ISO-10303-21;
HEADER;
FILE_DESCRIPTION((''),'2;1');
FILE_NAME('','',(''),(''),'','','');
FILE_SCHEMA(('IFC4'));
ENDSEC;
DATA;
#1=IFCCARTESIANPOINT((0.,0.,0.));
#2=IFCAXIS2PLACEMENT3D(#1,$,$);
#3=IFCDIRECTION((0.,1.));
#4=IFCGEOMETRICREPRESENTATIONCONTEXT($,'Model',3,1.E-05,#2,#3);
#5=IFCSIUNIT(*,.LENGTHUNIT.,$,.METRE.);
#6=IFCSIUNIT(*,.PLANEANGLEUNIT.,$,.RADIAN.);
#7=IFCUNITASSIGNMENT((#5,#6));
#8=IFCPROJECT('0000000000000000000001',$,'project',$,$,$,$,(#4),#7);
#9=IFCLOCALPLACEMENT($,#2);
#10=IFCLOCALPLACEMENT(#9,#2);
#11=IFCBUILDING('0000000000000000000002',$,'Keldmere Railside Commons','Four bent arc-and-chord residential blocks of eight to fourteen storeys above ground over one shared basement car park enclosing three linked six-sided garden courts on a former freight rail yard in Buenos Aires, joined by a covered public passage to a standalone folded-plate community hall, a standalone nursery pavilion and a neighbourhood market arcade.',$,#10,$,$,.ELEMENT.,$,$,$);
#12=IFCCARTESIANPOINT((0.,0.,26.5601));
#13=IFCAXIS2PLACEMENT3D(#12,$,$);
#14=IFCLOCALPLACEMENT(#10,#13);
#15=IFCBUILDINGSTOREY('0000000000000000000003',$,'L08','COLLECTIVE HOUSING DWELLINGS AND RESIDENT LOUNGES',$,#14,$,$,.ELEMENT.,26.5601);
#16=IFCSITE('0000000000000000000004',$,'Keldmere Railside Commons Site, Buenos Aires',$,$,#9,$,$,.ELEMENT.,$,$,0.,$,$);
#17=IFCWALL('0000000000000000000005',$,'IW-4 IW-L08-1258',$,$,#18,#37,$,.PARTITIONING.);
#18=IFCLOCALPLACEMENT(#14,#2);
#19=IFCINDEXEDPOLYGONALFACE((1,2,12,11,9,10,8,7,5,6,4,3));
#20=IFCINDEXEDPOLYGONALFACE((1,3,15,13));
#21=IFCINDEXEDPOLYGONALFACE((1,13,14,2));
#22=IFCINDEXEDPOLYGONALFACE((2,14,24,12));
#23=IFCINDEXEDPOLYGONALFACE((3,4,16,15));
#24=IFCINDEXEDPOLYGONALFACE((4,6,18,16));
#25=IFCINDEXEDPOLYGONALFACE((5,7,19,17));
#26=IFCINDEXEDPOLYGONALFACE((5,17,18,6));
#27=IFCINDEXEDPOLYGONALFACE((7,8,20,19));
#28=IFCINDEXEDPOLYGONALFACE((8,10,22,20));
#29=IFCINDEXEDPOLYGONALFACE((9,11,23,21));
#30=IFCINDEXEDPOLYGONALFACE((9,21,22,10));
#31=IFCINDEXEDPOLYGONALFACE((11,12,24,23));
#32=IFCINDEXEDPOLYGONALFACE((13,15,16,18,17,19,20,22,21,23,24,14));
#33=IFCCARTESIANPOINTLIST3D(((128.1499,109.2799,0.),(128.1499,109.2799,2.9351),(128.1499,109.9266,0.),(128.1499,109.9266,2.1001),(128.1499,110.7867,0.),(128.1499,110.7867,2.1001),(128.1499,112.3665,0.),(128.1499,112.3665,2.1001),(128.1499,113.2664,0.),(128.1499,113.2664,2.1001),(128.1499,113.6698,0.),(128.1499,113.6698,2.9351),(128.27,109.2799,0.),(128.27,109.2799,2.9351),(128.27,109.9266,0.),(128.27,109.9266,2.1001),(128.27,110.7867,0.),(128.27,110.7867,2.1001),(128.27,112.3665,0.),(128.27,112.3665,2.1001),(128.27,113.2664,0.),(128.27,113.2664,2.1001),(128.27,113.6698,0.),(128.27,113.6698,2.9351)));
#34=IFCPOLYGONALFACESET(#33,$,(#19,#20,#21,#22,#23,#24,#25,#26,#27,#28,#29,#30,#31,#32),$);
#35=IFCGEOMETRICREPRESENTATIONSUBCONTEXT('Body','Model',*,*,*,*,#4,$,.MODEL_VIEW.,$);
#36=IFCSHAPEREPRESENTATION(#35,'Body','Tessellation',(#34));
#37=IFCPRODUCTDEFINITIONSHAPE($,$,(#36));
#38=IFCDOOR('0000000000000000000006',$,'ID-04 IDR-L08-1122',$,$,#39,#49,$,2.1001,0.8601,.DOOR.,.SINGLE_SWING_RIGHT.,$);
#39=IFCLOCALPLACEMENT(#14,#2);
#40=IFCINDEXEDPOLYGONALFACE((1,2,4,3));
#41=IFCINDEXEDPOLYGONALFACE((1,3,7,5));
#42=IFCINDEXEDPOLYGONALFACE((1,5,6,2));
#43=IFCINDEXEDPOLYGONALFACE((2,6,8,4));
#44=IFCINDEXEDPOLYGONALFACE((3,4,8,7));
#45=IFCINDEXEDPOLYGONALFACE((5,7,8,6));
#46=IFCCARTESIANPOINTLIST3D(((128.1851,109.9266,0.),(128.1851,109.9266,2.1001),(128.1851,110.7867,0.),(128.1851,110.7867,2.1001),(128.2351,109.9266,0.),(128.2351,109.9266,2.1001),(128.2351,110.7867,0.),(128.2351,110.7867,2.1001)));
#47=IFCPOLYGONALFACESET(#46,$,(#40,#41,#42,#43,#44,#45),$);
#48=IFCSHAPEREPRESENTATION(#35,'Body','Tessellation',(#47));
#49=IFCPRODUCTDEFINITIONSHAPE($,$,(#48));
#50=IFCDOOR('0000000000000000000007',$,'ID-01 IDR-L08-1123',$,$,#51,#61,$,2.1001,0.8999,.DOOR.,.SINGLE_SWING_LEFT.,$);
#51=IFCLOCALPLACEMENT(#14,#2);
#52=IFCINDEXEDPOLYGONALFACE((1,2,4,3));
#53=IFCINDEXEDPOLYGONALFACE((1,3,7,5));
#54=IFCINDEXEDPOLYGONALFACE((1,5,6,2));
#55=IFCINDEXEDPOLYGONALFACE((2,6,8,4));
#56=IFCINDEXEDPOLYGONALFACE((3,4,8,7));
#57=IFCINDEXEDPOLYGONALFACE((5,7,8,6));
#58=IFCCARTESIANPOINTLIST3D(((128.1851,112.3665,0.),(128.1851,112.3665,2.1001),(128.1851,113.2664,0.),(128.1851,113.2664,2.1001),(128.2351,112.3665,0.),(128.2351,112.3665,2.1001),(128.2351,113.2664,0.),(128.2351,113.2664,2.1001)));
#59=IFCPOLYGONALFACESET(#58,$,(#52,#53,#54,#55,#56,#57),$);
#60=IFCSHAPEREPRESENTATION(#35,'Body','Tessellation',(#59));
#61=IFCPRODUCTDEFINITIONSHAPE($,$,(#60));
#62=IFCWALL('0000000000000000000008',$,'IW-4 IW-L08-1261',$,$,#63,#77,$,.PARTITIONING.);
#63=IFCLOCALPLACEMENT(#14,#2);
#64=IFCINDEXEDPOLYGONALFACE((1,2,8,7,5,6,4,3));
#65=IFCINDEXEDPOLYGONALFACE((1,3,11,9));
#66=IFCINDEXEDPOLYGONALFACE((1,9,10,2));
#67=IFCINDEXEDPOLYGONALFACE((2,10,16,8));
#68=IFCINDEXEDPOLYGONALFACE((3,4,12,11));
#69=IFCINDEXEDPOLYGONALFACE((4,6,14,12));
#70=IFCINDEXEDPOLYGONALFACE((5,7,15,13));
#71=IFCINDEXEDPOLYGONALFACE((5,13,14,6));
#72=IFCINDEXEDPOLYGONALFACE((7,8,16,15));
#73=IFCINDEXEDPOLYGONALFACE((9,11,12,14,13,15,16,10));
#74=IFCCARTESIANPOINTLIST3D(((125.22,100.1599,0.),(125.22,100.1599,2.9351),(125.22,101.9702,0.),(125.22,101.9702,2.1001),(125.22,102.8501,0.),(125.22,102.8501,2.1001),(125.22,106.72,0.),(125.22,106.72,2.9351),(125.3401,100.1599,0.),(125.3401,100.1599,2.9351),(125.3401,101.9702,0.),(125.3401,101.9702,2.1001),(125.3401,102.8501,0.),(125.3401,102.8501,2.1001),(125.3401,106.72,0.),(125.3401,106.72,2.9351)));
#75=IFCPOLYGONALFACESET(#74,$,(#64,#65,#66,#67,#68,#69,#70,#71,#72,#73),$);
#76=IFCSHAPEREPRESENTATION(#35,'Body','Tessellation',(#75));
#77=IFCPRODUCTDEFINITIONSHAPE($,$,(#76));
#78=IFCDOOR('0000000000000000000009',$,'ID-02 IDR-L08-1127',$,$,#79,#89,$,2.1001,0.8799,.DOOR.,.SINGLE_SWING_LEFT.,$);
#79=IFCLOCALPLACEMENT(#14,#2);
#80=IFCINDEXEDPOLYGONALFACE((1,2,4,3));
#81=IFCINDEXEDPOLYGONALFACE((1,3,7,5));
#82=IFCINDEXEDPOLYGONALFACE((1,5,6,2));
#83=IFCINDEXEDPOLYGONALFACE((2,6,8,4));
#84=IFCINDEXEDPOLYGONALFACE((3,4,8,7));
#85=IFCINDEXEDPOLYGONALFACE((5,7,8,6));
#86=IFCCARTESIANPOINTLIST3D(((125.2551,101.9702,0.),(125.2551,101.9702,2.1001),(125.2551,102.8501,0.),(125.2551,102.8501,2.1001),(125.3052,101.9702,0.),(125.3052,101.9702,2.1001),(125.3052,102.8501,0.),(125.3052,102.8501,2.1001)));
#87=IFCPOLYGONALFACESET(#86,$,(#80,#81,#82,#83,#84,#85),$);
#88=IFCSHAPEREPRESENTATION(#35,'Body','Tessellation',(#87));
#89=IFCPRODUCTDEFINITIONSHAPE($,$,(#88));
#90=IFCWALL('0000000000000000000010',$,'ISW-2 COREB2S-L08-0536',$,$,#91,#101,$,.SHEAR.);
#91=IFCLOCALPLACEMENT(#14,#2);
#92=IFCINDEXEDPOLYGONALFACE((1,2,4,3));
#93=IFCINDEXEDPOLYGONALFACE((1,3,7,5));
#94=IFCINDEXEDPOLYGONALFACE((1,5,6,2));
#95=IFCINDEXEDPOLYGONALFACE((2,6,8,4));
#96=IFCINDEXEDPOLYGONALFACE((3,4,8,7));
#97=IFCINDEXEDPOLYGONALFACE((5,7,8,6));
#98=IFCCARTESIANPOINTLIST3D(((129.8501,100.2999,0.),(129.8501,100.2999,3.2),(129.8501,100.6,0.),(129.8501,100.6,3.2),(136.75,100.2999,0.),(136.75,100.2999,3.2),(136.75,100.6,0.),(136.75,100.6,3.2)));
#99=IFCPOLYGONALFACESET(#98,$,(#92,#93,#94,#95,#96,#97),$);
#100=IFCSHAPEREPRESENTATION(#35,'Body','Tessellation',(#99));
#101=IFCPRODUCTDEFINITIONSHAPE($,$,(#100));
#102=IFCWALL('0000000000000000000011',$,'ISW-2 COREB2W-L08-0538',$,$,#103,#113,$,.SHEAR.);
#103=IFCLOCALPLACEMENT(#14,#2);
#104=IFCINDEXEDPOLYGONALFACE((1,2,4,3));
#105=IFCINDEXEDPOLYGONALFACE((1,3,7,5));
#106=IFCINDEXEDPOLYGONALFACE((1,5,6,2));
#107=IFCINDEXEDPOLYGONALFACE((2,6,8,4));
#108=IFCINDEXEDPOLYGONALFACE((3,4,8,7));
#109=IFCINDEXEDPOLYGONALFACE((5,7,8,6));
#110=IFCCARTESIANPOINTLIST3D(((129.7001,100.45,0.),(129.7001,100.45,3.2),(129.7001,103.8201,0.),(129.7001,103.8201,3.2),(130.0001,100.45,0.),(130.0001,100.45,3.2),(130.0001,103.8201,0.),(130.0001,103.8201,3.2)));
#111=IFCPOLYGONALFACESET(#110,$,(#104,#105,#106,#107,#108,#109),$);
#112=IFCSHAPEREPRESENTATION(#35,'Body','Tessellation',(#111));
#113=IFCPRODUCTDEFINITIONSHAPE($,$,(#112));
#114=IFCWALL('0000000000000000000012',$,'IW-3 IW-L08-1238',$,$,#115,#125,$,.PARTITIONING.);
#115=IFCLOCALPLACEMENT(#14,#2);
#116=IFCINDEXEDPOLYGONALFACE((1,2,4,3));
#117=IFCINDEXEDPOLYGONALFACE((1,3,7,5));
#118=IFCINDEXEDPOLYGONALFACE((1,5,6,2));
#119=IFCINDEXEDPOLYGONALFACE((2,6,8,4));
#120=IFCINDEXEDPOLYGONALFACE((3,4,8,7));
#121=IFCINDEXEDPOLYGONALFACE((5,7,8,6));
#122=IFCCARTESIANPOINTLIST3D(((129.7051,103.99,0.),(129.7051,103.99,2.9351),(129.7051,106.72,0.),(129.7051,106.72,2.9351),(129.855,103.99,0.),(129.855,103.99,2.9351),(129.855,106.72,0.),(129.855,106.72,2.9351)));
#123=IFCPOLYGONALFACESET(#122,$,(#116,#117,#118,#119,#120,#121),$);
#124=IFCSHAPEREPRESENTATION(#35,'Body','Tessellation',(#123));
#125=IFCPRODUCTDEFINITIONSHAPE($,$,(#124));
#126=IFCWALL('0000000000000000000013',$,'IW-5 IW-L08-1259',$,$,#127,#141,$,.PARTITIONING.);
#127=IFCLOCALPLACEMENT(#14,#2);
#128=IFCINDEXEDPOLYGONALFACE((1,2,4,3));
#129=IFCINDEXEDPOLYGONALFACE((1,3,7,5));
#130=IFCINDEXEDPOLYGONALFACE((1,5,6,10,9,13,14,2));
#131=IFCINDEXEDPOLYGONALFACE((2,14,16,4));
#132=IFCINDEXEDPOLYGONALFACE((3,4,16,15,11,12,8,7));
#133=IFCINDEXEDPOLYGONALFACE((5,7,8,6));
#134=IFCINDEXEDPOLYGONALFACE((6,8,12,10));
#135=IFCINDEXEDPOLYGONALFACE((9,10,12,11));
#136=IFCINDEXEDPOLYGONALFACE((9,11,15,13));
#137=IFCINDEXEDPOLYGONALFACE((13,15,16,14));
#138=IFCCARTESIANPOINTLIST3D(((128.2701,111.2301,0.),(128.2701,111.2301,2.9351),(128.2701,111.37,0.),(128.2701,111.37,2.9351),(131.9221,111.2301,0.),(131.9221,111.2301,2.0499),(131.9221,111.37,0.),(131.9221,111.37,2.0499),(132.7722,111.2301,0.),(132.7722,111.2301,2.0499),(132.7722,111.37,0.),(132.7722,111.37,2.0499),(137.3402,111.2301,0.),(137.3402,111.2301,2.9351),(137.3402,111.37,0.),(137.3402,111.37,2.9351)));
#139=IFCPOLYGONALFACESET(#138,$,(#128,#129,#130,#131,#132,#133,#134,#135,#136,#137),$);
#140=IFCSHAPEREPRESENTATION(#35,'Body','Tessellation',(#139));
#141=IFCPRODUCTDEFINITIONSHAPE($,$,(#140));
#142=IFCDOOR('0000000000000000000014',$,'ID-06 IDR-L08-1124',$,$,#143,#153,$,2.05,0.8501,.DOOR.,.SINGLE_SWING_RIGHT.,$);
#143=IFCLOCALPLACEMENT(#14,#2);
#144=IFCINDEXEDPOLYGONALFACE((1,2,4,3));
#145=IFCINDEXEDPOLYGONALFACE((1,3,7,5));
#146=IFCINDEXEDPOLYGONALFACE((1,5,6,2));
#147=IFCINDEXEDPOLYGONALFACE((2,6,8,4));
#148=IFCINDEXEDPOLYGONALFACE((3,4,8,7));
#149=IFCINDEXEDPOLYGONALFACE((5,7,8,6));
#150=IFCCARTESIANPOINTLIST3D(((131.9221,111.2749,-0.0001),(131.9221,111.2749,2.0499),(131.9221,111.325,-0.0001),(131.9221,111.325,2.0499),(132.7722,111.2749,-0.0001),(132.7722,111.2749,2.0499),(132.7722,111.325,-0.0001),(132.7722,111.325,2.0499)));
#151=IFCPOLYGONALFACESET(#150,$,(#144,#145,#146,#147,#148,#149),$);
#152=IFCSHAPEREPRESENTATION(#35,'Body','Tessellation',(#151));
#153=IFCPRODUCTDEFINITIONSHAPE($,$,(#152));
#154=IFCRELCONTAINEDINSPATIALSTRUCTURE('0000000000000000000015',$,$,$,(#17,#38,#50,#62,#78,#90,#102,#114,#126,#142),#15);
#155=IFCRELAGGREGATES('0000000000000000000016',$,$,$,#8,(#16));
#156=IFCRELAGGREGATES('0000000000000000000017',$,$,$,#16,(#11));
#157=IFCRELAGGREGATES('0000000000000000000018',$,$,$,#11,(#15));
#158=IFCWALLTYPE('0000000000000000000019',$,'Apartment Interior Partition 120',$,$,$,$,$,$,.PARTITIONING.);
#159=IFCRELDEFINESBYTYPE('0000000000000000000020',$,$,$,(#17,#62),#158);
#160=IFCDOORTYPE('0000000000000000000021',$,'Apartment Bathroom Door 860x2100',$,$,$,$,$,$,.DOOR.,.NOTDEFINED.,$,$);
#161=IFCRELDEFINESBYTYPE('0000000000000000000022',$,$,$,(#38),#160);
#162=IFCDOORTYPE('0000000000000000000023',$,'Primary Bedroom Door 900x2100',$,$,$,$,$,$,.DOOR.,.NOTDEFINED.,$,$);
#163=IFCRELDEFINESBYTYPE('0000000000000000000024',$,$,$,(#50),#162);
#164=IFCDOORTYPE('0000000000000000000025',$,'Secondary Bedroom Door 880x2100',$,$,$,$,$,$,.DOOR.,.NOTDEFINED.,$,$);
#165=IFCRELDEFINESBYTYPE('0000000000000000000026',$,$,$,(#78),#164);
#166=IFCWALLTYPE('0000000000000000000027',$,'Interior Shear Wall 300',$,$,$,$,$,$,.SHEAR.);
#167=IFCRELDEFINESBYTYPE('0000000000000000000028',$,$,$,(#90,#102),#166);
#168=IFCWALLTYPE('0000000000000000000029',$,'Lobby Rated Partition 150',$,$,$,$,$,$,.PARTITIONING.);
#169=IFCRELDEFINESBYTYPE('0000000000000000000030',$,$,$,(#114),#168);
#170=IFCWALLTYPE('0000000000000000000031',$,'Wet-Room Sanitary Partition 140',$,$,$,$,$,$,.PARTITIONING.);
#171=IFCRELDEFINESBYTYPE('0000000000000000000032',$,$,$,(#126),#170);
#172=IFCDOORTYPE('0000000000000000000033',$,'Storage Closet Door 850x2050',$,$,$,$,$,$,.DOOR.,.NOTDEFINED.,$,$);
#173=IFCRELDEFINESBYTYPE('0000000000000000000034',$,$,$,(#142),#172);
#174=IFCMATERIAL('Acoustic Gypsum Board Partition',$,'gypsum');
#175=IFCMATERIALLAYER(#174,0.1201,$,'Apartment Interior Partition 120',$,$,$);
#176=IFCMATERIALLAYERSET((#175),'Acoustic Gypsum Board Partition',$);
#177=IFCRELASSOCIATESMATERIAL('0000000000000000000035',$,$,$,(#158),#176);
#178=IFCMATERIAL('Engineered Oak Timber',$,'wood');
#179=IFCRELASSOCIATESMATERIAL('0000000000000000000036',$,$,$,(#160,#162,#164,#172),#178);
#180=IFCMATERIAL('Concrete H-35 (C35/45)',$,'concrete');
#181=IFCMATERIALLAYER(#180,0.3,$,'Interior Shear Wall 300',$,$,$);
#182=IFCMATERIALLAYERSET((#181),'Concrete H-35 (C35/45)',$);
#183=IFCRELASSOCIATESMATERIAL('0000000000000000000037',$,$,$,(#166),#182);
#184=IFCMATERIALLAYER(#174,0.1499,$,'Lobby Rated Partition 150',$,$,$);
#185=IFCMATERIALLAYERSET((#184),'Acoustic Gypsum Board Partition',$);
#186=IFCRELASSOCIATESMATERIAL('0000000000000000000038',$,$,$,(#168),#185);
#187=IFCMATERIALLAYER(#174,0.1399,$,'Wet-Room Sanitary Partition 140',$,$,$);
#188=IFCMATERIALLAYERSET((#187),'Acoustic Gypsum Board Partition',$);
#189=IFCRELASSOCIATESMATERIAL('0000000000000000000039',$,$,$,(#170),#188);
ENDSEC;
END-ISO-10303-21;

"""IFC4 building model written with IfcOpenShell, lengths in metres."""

from ifc_helpers import new_model, si_unit, direction, frame, frame_2d, origin, place, context, subcontext, project, spatial, rectangle, extrude, material, layer, layer_set, type_object, element, fill, save


model = new_model("IFC4")

# Units and contexts
model_context = context("Model", 3, precision=1e-05, world=origin(), true_north=direction((0.0, 1.0)))
body_context = subcontext(model_context, "Body", "Model", "MODEL_VIEW")
ifc_project = project(units=[si_unit("LENGTHUNIT", "METRE"), si_unit("PLANEANGLEUNIT", "RADIAN")], contexts=[model_context])

# Site, building, storey
site_placement = place(None, origin())
site = spatial("IfcSite", under=ifc_project, at=site_placement, Name="Keldmere Railside Commons Site, Buenos Aires", CompositionType="ELEMENT", RefElevation=0.0)
building_placement = place(site_placement, origin())
building = spatial("IfcBuilding", under=site, at=building_placement, Name="Keldmere Railside Commons", Description="Four bent arc-and-chord residential blocks of eight to fourteen storeys above ground over one shared basement car park enclosing three linked six-sided garden courts on a former freight rail yard in Buenos Aires, joined by a covered public passage to a standalone folded-plate community hall, a standalone nursery pavilion and a neighbourhood market arcade.", CompositionType="ELEMENT")
storey_placement = place(building_placement, frame((0.0, 0.0, 26.5601)))
storey = spatial("IfcBuildingStorey", under=building, at=storey_placement, Name="L08", Description="COLLECTIVE HOUSING DWELLINGS AND RESIDENT LOUNGES", CompositionType="ELEMENT", Elevation=26.5601)

# Shared definitions
ifc_material_1 = material(Name="Concrete H-35 (C35/45)", Category="concrete")

# Wall, openings, doors
ifc_material_2 = material(Name="Acoustic Gypsum Board Partition", Category="gypsum")
ifc_layer_1 = layer(ifc_material_2, 0.1201, Name="Apartment Interior Partition 120")
ifc_layer_set_1 = layer_set([ifc_layer_1], Name="Acoustic Gypsum Board Partition")
wall_type_1 = type_object("IfcWallType", Name="Apartment Interior Partition 120", PredefinedType="PARTITIONING", material=ifc_layer_set_1)
wall_1_placement = place(storey_placement, frame((128.21, 109.28, 0.0), z_axis=(0.0, 0.0, 1.0), x_axis=(0.0, 1.0, 0.0)))
wall_1 = element("IfcWall", 1, at=wall_1_placement, inside=storey, type_object=wall_type_1, Name="IW-4 IW-L08-1258", PredefinedType="PARTITIONING", context=body_context, shape_type="SweptSolid", body=[
    extrude(rectangle(XDim=4.3899, YDim=0.1201, at=frame_2d((2.1948, 0.0))), origin(), (0.0, 0.0, 1.0), 2.9351),
])
opening_1_placement = place(wall_1_placement, frame((0.6465, 0.0, 0.0)))
opening_1 = element("IfcOpeningElement", 2, at=opening_1_placement, cuts=wall_1, PredefinedType="OPENING", context=body_context, shape_type="SweptSolid", body=[
    extrude(rectangle(XDim=0.8601, YDim=2.1001, at=frame_2d((0.4302, 1.05))), frame((0.0, 0.0701, 0.0), z_axis=(0.0, -1.0, 0.0), x_axis=(1.0, 0.0, 0.0)), (0.0, 0.0, 1.0), 0.1401),
])
opening_2_placement = place(wall_1_placement, frame((3.0864, 0.0, 0.0)))
opening_2 = element("IfcOpeningElement", 3, at=opening_2_placement, cuts=wall_1, PredefinedType="OPENING", context=body_context, shape_type="SweptSolid", body=[
    extrude(rectangle(XDim=0.8999, YDim=2.1001, at=frame_2d((0.45, 1.05))), frame((0.0, 0.0701, 0.0), z_axis=(0.0, -1.0, 0.0), x_axis=(1.0, 0.0, 0.0)), (0.0, 0.0, 1.0), 0.1401),
])
ifc_material_3 = material(Name="Engineered Oak Timber", Category="wood")
door_type_1 = type_object("IfcDoorType", Name="Apartment Bathroom Door 860x2100", OperationType="NOTDEFINED", PredefinedType="DOOR", material=ifc_material_3)
door_1_placement = place(opening_1_placement, origin())
door_1 = element("IfcDoor", 4, at=door_1_placement, inside=storey, type_object=door_type_1, Name="ID-04 IDR-L08-1122", OperationType="SINGLE_SWING_RIGHT", OverallHeight=2.1001, OverallWidth=0.8601, PredefinedType="DOOR", context=body_context, shape_type="SweptSolid", body=[
    extrude(rectangle(XDim=0.8601, YDim=2.1001, at=frame_2d((0.4302, 1.05))), frame((0.0, 0.0249, 0.0), z_axis=(0.0, -1.0, 0.0), x_axis=(1.0, 0.0, 0.0)), (0.0, 0.0, 1.0), 0.05),
])
fill(opening_1, door_1)
door_type_2 = type_object("IfcDoorType", Name="Primary Bedroom Door 900x2100", OperationType="NOTDEFINED", PredefinedType="DOOR", material=ifc_material_3)
door_2_placement = place(opening_2_placement, origin())
door_2 = element("IfcDoor", 5, at=door_2_placement, inside=storey, type_object=door_type_2, Name="ID-01 IDR-L08-1123", OperationType="SINGLE_SWING_LEFT", OverallHeight=2.1001, OverallWidth=0.8999, PredefinedType="DOOR", context=body_context, shape_type="SweptSolid", body=[
    extrude(rectangle(XDim=0.8999, YDim=2.1001, at=frame_2d((0.45, 1.05))), frame((0.0, 0.0249, 0.0), z_axis=(0.0, -1.0, 0.0), x_axis=(1.0, 0.0, 0.0)), (0.0, 0.0, 1.0), 0.05),
])
fill(opening_2, door_2)

# Wall, opening, door
wall_2_placement = place(storey_placement, frame((125.28, 100.1599, 0.0), z_axis=(0.0, 0.0, 1.0), x_axis=(0.0, 1.0, 0.0)))
wall_2 = element("IfcWall", 6, at=wall_2_placement, inside=storey, type_object=wall_type_1, Name="IW-4 IW-L08-1261", PredefinedType="PARTITIONING", context=body_context, shape_type="SweptSolid", body=[
    extrude(rectangle(XDim=6.5601, YDim=0.1201, at=frame_2d((3.28, 0.0))), origin(), (0.0, 0.0, 1.0), 2.9351),
])
opening_3_placement = place(wall_2_placement, frame((1.8103, 0.0, 0.0)))
opening_3 = element("IfcOpeningElement", 7, at=opening_3_placement, cuts=wall_2, PredefinedType="OPENING", context=body_context, shape_type="SweptSolid", body=[
    extrude(rectangle(XDim=0.8799, YDim=2.1001, at=frame_2d((0.4399, 1.05))), frame((0.0, 0.0701, 0.0), z_axis=(0.0, -1.0, 0.0), x_axis=(1.0, 0.0, 0.0)), (0.0, 0.0, 1.0), 0.1401),
])
door_type_3 = type_object("IfcDoorType", Name="Secondary Bedroom Door 880x2100", OperationType="NOTDEFINED", PredefinedType="DOOR", material=ifc_material_3)
door_3_placement = place(opening_3_placement, origin())
door_3 = element("IfcDoor", 8, at=door_3_placement, inside=storey, type_object=door_type_3, Name="ID-02 IDR-L08-1127", OperationType="SINGLE_SWING_LEFT", OverallHeight=2.1001, OverallWidth=0.8799, PredefinedType="DOOR", context=body_context, shape_type="SweptSolid", body=[
    extrude(rectangle(XDim=0.8799, YDim=2.1001, at=frame_2d((0.4399, 1.05))), frame((0.0, 0.0249, 0.0), z_axis=(0.0, -1.0, 0.0), x_axis=(1.0, 0.0, 0.0)), (0.0, 0.0, 1.0), 0.05),
])
fill(opening_3, door_3)

# Walls
ifc_layer_2 = layer(ifc_material_1, 0.3, Name="Interior Shear Wall 300")
ifc_layer_set_2 = layer_set([ifc_layer_2], Name="Concrete H-35 (C35/45)")
wall_type_2 = type_object("IfcWallType", Name="Interior Shear Wall 300", PredefinedType="SHEAR", material=ifc_layer_set_2)
wall_3_placement = place(storey_placement, frame((129.8501, 100.45, 0.0), z_axis=(0.0, 0.0, 1.0), x_axis=(1.0, 0.0, 0.0)))
element("IfcWall", 9, at=wall_3_placement, inside=storey, type_object=wall_type_2, Name="ISW-2 COREB2S-L08-0536", PredefinedType="SHEAR", context=body_context, shape_type="SweptSolid", body=[
    extrude(rectangle(XDim=6.8999, YDim=0.3, at=frame_2d((3.45, 0.0))), origin(), (0.0, 0.0, 1.0), 3.2),
])
wall_4_placement = place(storey_placement, frame((129.8501, 103.8201, 0.0), z_axis=(0.0, 0.0, 1.0), x_axis=(0.0, -1.0, 0.0)))
element("IfcWall", 10, at=wall_4_placement, inside=storey, type_object=wall_type_2, Name="ISW-2 COREB2W-L08-0538", PredefinedType="SHEAR", context=body_context, shape_type="SweptSolid", body=[
    extrude(rectangle(XDim=3.3701, YDim=0.3, at=frame_2d((1.6851, 0.0))), origin(), (0.0, 0.0, 1.0), 3.2),
])
ifc_layer_3 = layer(ifc_material_2, 0.1499, Name="Lobby Rated Partition 150")
ifc_layer_set_3 = layer_set([ifc_layer_3], Name="Acoustic Gypsum Board Partition")
wall_type_3 = type_object("IfcWallType", Name="Lobby Rated Partition 150", PredefinedType="PARTITIONING", material=ifc_layer_set_3)
wall_5_placement = place(storey_placement, frame((129.78, 103.99, 0.0), z_axis=(0.0, 0.0, 1.0), x_axis=(0.0, 1.0, 0.0)))
element("IfcWall", 11, at=wall_5_placement, inside=storey, type_object=wall_type_3, Name="IW-3 IW-L08-1238", PredefinedType="PARTITIONING", context=body_context, shape_type="SweptSolid", body=[
    extrude(rectangle(XDim=2.73, YDim=0.1499, at=frame_2d((1.365, 0.0))), origin(), (0.0, 0.0, 1.0), 2.9351),
])

# Wall, opening, door
ifc_layer_4 = layer(ifc_material_2, 0.1399, Name="Wet-Room Sanitary Partition 140")
ifc_layer_set_4 = layer_set([ifc_layer_4], Name="Acoustic Gypsum Board Partition")
wall_type_4 = type_object("IfcWallType", Name="Wet-Room Sanitary Partition 140", PredefinedType="PARTITIONING", material=ifc_layer_set_4)
wall_6_placement = place(storey_placement, frame((128.27, 111.3, 0.0), z_axis=(0.0, 0.0, 1.0), x_axis=(1.0, 0.0, 0.0)))
wall_6 = element("IfcWall", 12, at=wall_6_placement, inside=storey, type_object=wall_type_4, Name="IW-5 IW-L08-1259", PredefinedType="PARTITIONING", context=body_context, shape_type="SweptSolid", body=[
    extrude(rectangle(XDim=9.0701, YDim=0.1399, at=frame_2d((4.5352, 0.0))), origin(), (0.0, 0.0, 1.0), 2.9351),
])
opening_4_placement = place(wall_6_placement, frame((3.6521, 0.0, 0.0)))
opening_4 = element("IfcOpeningElement", 13, at=opening_4_placement, cuts=wall_6, PredefinedType="OPENING", context=body_context, shape_type="SweptSolid", body=[
    extrude(rectangle(XDim=0.8501, YDim=2.05, at=frame_2d((0.425, 1.0249))), frame((0.0, 0.0798, 0.0), z_axis=(0.0, -1.0, 0.0), x_axis=(1.0, 0.0, 0.0)), (0.0, 0.0, 1.0), 0.1599),
])
door_type_4 = type_object("IfcDoorType", Name="Storage Closet Door 850x2050", OperationType="NOTDEFINED", PredefinedType="DOOR", material=ifc_material_3)
door_4_placement = place(opening_4_placement, origin())
door_4 = element("IfcDoor", 14, at=door_4_placement, inside=storey, type_object=door_type_4, Name="ID-06 IDR-L08-1124", OperationType="SINGLE_SWING_RIGHT", OverallHeight=2.05, OverallWidth=0.8501, PredefinedType="DOOR", context=body_context, shape_type="SweptSolid", body=[
    extrude(rectangle(XDim=0.8501, YDim=2.05, at=frame_2d((0.425, 1.0249))), frame((0.0, 0.0249, 0.0), z_axis=(0.0, -1.0, 0.0), x_axis=(1.0, 0.0, 0.0)), (0.0, 0.0, 1.0), 0.05),
])
fill(opening_4, door_4)

save(model, "model.ifc")
